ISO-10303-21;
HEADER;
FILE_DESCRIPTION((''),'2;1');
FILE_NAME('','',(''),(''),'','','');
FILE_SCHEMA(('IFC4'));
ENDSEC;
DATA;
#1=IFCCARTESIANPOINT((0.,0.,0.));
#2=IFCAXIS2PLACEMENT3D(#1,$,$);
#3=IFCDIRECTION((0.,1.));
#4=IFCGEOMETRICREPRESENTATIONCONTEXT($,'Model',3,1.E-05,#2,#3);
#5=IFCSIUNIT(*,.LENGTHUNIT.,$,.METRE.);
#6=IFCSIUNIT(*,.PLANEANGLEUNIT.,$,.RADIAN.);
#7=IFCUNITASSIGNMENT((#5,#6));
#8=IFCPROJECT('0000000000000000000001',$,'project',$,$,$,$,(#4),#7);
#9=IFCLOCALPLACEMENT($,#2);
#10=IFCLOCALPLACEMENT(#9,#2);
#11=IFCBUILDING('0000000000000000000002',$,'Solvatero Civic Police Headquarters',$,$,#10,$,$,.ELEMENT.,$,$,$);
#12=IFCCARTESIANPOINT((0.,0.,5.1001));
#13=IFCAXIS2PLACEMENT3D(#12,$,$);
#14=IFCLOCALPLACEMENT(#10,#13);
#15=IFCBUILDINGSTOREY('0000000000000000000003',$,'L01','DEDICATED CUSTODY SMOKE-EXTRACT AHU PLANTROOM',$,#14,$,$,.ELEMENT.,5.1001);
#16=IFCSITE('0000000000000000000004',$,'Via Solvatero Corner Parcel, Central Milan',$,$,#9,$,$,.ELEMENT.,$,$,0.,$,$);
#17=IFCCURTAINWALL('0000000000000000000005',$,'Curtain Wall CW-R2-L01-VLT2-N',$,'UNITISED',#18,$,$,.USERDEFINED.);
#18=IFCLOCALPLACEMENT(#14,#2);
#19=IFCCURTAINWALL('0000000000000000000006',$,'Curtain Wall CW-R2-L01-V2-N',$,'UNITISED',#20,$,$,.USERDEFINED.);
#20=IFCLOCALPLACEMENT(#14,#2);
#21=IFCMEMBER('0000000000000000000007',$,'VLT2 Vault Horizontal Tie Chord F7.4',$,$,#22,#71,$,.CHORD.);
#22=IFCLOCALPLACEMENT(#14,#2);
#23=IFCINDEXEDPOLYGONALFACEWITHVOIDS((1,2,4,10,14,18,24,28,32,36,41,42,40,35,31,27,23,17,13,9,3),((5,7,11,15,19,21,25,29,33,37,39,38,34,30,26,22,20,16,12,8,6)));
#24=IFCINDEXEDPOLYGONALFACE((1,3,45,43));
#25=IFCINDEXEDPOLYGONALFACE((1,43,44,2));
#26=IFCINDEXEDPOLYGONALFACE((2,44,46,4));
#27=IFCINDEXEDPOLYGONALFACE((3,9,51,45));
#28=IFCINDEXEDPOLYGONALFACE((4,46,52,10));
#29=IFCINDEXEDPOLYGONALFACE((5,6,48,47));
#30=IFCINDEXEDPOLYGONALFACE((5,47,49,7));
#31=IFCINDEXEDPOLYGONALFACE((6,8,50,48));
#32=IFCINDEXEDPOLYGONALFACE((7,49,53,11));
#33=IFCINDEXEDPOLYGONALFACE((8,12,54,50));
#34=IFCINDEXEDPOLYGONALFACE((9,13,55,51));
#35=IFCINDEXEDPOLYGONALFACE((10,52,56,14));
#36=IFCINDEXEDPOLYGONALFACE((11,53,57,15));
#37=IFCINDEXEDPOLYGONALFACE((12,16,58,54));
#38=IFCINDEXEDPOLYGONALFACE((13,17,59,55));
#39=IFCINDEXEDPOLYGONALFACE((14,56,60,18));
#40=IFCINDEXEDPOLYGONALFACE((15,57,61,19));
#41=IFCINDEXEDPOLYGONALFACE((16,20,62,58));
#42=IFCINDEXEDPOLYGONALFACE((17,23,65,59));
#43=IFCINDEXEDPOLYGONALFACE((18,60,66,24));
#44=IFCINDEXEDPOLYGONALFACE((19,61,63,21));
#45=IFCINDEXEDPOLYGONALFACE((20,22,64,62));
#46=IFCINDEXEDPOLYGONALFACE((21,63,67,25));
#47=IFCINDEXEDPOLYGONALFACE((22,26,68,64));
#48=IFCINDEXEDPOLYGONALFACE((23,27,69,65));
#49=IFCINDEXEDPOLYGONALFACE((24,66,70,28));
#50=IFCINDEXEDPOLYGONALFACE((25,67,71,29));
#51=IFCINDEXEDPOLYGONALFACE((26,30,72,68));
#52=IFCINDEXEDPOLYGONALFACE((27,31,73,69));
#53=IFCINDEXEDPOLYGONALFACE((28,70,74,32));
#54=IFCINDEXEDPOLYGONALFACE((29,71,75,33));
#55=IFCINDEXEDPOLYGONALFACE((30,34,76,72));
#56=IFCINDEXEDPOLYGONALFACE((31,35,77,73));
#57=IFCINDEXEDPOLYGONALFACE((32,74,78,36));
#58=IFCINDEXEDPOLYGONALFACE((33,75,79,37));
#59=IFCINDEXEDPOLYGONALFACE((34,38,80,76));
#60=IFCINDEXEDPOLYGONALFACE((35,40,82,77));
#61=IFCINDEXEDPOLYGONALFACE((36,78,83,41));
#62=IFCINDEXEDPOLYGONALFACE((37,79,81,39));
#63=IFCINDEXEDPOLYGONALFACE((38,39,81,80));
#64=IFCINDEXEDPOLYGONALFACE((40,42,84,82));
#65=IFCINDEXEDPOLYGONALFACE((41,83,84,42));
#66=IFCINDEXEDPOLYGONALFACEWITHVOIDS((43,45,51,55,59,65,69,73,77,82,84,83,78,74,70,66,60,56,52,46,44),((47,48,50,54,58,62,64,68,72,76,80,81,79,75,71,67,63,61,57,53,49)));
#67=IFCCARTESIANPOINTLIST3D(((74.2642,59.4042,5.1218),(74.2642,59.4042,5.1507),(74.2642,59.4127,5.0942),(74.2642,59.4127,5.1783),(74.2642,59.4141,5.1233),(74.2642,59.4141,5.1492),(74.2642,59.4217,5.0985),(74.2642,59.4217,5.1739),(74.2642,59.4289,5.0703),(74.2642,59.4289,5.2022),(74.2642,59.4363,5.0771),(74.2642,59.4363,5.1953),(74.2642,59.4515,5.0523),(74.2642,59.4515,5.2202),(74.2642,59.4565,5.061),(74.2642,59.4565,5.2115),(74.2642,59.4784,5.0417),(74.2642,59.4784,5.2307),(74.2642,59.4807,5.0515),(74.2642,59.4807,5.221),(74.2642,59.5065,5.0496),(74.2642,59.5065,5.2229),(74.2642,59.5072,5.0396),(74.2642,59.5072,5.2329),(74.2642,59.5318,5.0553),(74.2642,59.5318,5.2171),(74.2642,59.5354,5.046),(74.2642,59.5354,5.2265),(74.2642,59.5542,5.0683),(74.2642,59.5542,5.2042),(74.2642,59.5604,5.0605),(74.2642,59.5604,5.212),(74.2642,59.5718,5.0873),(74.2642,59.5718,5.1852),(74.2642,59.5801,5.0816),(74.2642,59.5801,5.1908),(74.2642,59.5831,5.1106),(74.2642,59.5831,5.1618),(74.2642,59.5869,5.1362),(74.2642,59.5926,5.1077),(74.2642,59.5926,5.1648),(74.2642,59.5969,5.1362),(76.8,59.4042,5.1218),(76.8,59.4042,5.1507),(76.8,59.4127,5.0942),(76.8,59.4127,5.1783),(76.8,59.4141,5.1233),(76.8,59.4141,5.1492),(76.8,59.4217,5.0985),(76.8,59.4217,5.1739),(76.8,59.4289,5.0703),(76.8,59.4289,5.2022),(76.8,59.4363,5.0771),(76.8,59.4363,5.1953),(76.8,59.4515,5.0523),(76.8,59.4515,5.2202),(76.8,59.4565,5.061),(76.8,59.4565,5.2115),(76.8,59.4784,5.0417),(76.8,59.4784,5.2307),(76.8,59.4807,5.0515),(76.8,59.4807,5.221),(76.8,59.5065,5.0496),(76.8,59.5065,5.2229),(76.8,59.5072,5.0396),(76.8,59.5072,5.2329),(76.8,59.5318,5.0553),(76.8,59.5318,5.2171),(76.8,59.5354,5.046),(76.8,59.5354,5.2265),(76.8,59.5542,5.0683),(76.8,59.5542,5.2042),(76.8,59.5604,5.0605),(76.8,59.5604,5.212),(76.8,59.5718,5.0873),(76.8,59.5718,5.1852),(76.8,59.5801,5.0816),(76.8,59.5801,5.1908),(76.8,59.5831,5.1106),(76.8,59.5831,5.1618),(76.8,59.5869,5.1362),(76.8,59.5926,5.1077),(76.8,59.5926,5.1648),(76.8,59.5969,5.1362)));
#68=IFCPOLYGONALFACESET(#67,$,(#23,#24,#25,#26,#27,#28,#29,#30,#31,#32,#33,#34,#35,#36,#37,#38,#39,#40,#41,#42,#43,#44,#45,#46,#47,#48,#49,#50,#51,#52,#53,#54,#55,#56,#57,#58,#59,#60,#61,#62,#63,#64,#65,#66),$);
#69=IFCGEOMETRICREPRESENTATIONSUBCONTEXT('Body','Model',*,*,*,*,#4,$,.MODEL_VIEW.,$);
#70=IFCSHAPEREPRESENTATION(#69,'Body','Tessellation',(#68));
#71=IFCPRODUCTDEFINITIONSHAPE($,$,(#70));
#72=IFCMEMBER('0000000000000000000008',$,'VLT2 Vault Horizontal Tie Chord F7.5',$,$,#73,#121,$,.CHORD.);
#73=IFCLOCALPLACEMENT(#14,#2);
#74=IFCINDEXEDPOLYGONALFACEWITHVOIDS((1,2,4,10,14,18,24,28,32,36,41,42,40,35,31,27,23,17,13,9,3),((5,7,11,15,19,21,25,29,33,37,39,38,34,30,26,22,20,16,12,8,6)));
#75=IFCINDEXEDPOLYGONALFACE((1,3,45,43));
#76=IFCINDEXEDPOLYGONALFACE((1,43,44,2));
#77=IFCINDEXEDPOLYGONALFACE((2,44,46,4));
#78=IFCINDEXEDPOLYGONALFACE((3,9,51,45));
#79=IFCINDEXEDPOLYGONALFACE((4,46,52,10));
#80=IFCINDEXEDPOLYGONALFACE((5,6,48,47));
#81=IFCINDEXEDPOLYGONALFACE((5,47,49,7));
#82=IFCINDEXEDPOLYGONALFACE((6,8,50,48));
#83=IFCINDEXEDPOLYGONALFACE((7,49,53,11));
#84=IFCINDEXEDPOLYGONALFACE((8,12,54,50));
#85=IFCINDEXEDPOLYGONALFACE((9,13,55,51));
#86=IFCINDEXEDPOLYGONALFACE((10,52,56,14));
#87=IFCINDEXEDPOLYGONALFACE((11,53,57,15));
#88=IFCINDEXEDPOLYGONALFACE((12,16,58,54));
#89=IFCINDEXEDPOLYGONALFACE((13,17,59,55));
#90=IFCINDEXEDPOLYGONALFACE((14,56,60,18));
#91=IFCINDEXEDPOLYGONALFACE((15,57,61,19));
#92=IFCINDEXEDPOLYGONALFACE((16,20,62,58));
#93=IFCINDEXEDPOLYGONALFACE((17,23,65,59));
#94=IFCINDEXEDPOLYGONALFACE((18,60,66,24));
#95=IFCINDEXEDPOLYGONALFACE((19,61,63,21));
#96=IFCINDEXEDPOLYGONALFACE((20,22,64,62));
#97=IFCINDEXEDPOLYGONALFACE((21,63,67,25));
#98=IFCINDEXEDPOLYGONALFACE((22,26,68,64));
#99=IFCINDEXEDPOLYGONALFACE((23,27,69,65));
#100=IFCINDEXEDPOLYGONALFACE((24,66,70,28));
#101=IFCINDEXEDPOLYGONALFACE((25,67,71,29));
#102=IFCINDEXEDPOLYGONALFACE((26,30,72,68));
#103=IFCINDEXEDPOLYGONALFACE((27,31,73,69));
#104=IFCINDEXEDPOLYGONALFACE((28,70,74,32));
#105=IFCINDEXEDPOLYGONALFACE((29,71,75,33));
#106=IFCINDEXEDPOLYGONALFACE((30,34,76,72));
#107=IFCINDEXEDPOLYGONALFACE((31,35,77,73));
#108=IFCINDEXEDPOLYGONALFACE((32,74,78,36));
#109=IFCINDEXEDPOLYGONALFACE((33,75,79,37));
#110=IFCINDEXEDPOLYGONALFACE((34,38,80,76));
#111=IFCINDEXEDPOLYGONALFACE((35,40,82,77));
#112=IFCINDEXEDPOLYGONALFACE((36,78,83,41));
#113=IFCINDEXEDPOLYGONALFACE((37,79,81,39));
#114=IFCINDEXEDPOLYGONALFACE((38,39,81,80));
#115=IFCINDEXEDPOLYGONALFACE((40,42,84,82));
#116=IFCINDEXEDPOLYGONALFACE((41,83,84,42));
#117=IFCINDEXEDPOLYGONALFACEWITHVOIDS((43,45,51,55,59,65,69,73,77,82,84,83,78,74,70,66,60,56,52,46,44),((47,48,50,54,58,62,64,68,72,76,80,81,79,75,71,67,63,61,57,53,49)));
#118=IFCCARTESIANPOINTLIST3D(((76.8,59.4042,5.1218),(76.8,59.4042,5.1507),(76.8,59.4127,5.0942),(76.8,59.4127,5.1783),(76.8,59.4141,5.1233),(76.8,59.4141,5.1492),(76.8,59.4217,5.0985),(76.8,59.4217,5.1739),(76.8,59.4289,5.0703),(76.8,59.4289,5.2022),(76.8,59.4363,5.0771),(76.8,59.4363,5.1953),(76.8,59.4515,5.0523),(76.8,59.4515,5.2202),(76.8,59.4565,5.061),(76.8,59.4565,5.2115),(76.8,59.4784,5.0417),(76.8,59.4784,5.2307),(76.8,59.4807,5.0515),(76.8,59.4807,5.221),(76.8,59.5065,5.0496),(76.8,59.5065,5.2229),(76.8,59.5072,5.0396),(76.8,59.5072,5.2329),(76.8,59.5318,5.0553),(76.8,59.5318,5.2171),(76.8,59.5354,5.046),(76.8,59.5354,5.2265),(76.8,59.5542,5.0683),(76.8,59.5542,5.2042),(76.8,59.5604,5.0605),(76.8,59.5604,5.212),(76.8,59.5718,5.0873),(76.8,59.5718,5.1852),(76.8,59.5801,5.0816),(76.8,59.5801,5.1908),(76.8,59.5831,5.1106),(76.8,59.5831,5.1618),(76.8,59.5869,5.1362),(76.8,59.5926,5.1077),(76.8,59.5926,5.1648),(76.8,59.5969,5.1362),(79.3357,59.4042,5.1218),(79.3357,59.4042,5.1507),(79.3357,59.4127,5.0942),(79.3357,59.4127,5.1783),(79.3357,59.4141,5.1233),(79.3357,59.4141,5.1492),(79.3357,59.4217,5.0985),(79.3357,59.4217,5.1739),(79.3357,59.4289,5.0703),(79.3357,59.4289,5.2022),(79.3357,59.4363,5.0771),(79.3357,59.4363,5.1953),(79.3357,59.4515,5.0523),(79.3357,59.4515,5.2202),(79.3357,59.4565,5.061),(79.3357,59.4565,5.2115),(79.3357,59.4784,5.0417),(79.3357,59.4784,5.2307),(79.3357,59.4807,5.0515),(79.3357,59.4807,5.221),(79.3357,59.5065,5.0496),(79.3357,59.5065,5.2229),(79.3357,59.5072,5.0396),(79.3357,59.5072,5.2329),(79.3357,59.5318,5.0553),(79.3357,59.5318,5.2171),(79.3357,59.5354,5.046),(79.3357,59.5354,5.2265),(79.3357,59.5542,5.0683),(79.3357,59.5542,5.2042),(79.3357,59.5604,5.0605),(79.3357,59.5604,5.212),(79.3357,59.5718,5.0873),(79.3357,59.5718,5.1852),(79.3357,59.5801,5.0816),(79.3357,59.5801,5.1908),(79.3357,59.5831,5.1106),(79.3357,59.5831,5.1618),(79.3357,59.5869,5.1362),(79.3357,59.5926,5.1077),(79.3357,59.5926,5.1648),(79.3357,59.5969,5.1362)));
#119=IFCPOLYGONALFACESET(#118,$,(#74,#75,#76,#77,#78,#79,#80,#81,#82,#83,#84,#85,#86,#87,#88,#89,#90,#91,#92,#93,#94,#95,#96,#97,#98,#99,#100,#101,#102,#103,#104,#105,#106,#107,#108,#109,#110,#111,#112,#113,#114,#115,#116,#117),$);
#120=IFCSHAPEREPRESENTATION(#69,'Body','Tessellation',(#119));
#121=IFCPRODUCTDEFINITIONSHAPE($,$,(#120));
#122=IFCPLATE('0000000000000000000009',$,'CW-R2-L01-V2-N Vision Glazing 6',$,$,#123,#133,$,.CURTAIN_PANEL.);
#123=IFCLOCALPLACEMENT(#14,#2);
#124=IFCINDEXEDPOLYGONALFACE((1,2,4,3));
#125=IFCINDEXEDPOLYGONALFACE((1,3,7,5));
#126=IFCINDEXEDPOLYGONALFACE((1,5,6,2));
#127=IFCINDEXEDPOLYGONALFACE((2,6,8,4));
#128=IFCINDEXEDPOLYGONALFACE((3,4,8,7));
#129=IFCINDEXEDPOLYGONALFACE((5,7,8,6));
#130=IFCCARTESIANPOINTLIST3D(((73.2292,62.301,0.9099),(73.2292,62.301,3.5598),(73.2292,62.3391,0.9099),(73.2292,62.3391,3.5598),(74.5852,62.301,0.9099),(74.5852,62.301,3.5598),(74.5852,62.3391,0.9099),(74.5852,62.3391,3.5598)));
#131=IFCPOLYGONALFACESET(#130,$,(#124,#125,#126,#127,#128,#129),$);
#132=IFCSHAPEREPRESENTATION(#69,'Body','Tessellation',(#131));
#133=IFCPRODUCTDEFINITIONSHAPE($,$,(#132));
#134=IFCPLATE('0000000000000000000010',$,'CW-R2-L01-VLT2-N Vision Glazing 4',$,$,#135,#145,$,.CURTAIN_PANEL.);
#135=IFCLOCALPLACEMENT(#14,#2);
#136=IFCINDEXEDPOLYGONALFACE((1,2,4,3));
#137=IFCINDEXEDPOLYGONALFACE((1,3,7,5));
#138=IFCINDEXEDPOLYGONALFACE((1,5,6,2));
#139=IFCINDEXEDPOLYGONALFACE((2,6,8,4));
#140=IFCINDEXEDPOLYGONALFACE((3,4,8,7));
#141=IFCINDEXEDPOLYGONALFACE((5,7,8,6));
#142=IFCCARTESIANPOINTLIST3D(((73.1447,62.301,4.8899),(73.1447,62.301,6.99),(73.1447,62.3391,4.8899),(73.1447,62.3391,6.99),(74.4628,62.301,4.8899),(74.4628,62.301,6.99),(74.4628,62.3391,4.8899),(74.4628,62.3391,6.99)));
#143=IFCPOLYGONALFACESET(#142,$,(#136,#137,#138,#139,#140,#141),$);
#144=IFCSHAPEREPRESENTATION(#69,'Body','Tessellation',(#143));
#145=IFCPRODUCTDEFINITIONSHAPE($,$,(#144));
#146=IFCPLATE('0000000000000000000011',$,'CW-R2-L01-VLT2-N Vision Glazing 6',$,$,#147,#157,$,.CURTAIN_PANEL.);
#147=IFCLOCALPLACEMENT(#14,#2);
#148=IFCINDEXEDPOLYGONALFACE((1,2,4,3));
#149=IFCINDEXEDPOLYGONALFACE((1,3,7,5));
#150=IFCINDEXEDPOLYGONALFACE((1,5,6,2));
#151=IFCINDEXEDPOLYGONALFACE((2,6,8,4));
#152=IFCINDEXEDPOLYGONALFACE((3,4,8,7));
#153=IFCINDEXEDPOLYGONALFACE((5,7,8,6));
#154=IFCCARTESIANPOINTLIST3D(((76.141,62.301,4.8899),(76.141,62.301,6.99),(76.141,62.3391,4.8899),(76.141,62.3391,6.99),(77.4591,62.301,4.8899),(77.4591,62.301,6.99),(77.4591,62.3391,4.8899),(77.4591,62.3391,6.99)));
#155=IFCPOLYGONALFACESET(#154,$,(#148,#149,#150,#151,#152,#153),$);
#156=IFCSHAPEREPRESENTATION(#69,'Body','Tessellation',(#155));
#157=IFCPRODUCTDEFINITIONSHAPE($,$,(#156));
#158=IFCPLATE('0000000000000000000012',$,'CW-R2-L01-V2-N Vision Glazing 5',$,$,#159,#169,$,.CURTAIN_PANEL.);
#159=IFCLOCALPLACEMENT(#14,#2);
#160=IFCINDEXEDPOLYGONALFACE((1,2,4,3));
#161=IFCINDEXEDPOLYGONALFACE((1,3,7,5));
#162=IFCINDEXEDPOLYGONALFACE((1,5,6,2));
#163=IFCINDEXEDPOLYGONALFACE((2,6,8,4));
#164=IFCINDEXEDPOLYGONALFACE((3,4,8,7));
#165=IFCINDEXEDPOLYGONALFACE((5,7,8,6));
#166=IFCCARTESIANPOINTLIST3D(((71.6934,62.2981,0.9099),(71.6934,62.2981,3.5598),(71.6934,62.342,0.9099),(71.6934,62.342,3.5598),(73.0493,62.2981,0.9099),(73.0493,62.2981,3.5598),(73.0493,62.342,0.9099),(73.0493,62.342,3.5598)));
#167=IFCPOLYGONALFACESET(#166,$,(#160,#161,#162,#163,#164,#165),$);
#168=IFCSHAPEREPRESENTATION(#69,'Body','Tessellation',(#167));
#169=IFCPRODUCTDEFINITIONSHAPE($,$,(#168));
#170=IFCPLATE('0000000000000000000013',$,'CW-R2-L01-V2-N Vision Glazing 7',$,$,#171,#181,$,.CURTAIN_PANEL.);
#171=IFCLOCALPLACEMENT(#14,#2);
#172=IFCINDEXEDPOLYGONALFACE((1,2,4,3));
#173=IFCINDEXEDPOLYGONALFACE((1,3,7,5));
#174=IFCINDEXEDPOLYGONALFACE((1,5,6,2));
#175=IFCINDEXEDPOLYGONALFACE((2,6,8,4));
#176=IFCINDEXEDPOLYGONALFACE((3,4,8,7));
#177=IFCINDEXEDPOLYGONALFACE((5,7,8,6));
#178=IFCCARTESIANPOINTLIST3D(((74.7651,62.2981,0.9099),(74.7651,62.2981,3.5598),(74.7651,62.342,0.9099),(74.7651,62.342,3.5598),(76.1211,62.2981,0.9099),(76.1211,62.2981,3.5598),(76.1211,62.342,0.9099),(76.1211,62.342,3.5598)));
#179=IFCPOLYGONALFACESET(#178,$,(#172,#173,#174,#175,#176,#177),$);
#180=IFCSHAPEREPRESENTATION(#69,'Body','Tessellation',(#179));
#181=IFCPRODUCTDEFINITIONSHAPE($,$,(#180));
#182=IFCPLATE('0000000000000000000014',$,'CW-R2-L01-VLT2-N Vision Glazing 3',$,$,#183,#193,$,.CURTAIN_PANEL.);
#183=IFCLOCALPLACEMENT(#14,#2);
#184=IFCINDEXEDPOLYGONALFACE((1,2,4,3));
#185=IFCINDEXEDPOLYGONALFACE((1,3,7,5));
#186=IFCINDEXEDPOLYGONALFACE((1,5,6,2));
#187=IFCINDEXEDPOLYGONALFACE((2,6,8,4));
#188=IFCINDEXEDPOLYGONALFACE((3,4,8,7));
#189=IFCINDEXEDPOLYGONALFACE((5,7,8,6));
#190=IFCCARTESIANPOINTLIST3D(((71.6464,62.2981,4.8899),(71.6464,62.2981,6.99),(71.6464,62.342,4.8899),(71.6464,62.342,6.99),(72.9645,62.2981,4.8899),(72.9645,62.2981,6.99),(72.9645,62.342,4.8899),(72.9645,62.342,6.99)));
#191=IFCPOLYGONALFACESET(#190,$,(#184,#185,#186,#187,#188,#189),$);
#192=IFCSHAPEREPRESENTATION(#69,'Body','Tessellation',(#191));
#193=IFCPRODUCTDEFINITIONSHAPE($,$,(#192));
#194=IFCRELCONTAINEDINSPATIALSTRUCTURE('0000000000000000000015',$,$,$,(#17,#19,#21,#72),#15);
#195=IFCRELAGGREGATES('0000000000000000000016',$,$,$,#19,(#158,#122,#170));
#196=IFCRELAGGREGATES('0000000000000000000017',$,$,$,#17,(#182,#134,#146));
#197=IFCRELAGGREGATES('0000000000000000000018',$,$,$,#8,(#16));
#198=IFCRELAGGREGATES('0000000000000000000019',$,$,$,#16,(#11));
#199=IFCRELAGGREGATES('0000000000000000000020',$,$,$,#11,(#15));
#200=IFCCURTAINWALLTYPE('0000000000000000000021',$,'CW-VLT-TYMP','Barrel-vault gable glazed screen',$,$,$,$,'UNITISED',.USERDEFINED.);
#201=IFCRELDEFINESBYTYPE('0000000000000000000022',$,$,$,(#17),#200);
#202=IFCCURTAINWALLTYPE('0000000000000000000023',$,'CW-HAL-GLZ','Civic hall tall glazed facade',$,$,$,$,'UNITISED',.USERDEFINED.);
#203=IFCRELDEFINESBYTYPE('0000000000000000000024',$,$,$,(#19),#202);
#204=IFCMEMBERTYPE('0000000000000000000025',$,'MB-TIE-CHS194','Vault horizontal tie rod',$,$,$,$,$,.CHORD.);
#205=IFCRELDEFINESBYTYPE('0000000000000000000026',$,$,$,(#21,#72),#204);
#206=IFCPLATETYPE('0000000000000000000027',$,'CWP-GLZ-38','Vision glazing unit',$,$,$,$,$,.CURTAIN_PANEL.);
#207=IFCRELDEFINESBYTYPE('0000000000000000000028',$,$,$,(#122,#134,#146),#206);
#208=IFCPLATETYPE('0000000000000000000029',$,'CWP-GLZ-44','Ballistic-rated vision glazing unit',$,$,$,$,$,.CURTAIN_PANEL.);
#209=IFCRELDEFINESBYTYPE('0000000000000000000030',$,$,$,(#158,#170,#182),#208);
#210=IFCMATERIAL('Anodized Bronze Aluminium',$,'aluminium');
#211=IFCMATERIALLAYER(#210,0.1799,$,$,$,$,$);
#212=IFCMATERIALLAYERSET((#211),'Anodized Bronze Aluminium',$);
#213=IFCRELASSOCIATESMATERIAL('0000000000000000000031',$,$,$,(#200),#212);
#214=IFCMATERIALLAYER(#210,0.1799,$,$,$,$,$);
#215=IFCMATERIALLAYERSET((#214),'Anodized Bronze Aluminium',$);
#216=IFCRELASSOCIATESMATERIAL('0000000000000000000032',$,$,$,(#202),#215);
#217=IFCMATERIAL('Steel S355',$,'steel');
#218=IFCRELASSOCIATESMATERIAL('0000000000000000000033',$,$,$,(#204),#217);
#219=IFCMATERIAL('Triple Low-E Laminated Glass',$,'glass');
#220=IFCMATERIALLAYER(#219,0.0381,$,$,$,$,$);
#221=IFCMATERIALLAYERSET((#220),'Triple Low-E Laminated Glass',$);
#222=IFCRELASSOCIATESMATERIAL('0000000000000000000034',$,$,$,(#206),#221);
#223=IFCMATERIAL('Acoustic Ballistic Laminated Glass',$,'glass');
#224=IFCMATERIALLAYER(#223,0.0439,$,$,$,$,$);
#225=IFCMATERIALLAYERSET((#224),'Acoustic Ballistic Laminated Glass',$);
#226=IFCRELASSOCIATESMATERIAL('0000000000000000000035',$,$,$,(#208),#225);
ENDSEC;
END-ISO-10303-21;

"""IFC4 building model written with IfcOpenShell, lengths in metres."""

from ifc_helpers import new_model, si_unit, direction, frame, origin, origin_2d, place, context, subcontext, project, spatial, rectangle, hollow_circle, extrude, material, layer, layer_set, material_profile, profile_set, type_object, element, aggregate, save


model = new_model("IFC4")

# Units and contexts
model_context = context("Model", 3, precision=1e-05, world=origin(), true_north=direction((0.0, 1.0)))
body_context = subcontext(model_context, "Body", "Model", "MODEL_VIEW")
ifc_project = project(units=[si_unit("LENGTHUNIT", "METRE"), si_unit("PLANEANGLEUNIT", "RADIAN")], contexts=[model_context])

# Site, building, storey
site_placement = place(None, origin())
site = spatial("IfcSite", under=ifc_project, at=site_placement, Name="Via Solvatero Corner Parcel, Central Milan", CompositionType="ELEMENT", RefElevation=0.0)
building_placement = place(site_placement, origin())
building = spatial("IfcBuilding", under=site, at=building_placement, Name="Solvatero Civic Police Headquarters", CompositionType="ELEMENT")
storey_placement = place(building_placement, frame((0.0, 0.0, 5.1001)))
storey = spatial("IfcBuildingStorey", under=building, at=storey_placement, Name="L01", Description="DEDICATED CUSTODY SMOKE-EXTRACT AHU PLANTROOM", CompositionType="ELEMENT", Elevation=5.1001)

# Curtain walls
ifc_material_1 = material(Name="Anodized Bronze Aluminium", Category="aluminium")
ifc_layer_1 = layer(ifc_material_1, 0.1799)
ifc_layer_set_1 = layer_set([ifc_layer_1], Name="Anodized Bronze Aluminium")
curtain_wall_type_1 = type_object("IfcCurtainWallType", Name="CW-VLT-TYMP", Description="Barrel-vault gable glazed screen", ElementType="UNITISED", PredefinedType="USERDEFINED", material=ifc_layer_set_1)
curtain_wall_1_placement = place(storey_placement, origin())
curtain_wall_1 = element("IfcCurtainWall", 1, at=curtain_wall_1_placement, inside=storey, type_object=curtain_wall_type_1, Name="Curtain Wall CW-R2-L01-VLT2-N", ObjectType="UNITISED", PredefinedType="USERDEFINED")
ifc_layer_2 = layer(ifc_material_1, 0.1799)
ifc_layer_set_2 = layer_set([ifc_layer_2], Name="Anodized Bronze Aluminium")
curtain_wall_type_2 = type_object("IfcCurtainWallType", Name="CW-HAL-GLZ", Description="Civic hall tall glazed facade", ElementType="UNITISED", PredefinedType="USERDEFINED", material=ifc_layer_set_2)
curtain_wall_2_placement = place(storey_placement, origin())
curtain_wall_2 = element("IfcCurtainWall", 2, at=curtain_wall_2_placement, inside=storey, type_object=curtain_wall_type_2, Name="Curtain Wall CW-R2-L01-V2-N", ObjectType="UNITISED", PredefinedType="USERDEFINED")

# Members
ifc_material_2 = material(Name="Steel S355", Category="steel")
ifc_material_profile_1 = material_profile(ifc_material_2, hollow_circle(Radius=0.0969, WallThickness=0.01, at=origin_2d()), Name="CHS 193.7x10.0")
ifc_profile_set_1 = profile_set([ifc_material_profile_1], Name="Steel S355")
member_type_1 = type_object("IfcMemberType", Name="MB-TIE-CHS194", Description="Vault horizontal tie rod", PredefinedType="CHORD", material=ifc_profile_set_1)
member_1_placement = place(storey_placement, frame((74.2642, 59.5, 5.1362), z_axis=(1.0, 0.0, 0.0), x_axis=(0.0, 1.0, 0.0)))
element("IfcMember", 3, at=member_1_placement, inside=storey, type_object=member_type_1, Name="VLT2 Vault Horizontal Tie Chord F7.4", PredefinedType="CHORD", context=body_context, shape_type="SweptSolid", body=[
    extrude(hollow_circle(Radius=0.0969, WallThickness=0.01, at=origin_2d()), origin(), (0.0, 0.0, 1.0), 2.5359),
])
member_2_placement = place(storey_placement, frame((76.8, 59.5, 5.1362), z_axis=(1.0, 0.0, 0.0), x_axis=(0.0, 1.0, 0.0)))
element("IfcMember", 4, at=member_2_placement, inside=storey, type_object=member_type_1, Name="VLT2 Vault Horizontal Tie Chord F7.5", PredefinedType="CHORD", context=body_context, shape_type="SweptSolid", body=[
    extrude(hollow_circle(Radius=0.0969, WallThickness=0.01, at=origin_2d()), origin(), (0.0, 0.0, 1.0), 2.5356),
])

# Plates
ifc_material_3 = material(Name="Triple Low-E Laminated Glass", Category="glass")
ifc_layer_3 = layer(ifc_material_3, 0.0381)
ifc_layer_set_3 = layer_set([ifc_layer_3], Name="Triple Low-E Laminated Glass")
plate_type_1 = type_object("IfcPlateType", Name="CWP-GLZ-38", Description="Vision glazing unit", PredefinedType="CURTAIN_PANEL", material=ifc_layer_set_3)
plate_1_placement = place(storey_placement, frame((73.9072, 62.3201, 0.9099), z_axis=(0.0, 0.0, 1.0), x_axis=(1.0, 0.0, 0.0)))
plate_1 = element("IfcPlate", 5, at=plate_1_placement, type_object=plate_type_1, Name="CW-R2-L01-V2-N Vision Glazing 6", PredefinedType="CURTAIN_PANEL", context=body_context, shape_type="SweptSolid", body=[
    extrude(rectangle(XDim=1.356, YDim=0.0381, at=origin_2d()), origin(), (0.0, 0.0, 1.0), 2.6499),
])
plate_2_placement = place(storey_placement, frame((73.8037, 62.3201, 4.8899), z_axis=(0.0, 0.0, 1.0), x_axis=(1.0, 0.0, 0.0)))
plate_2 = element("IfcPlate", 6, at=plate_2_placement, type_object=plate_type_1, Name="CW-R2-L01-VLT2-N Vision Glazing 4", PredefinedType="CURTAIN_PANEL", context=body_context, shape_type="SweptSolid", body=[
    extrude(rectangle(XDim=1.3181, YDim=0.0381, at=origin_2d()), origin(), (0.0, 0.0, 1.0), 2.1001),
])
plate_3_placement = place(storey_placement, frame((76.8, 62.3201, 4.8899), z_axis=(0.0, 0.0, 1.0), x_axis=(1.0, 0.0, 0.0)))
plate_3 = element("IfcPlate", 7, at=plate_3_placement, type_object=plate_type_1, Name="CW-R2-L01-VLT2-N Vision Glazing 6", PredefinedType="CURTAIN_PANEL", context=body_context, shape_type="SweptSolid", body=[
    extrude(rectangle(XDim=1.3181, YDim=0.0381, at=origin_2d()), origin(), (0.0, 0.0, 1.0), 2.1001),
])
ifc_material_4 = material(Name="Acoustic Ballistic Laminated Glass", Category="glass")
ifc_layer_4 = layer(ifc_material_4, 0.0439)
ifc_layer_set_4 = layer_set([ifc_layer_4], Name="Acoustic Ballistic Laminated Glass")
plate_type_2 = type_object("IfcPlateType", Name="CWP-GLZ-44", Description="Ballistic-rated vision glazing unit", PredefinedType="CURTAIN_PANEL", material=ifc_layer_set_4)
plate_4_placement = place(storey_placement, frame((72.3713, 62.3201, 0.9099), z_axis=(0.0, 0.0, 1.0), x_axis=(1.0, 0.0, 0.0)))
plate_4 = element("IfcPlate", 8, at=plate_4_placement, type_object=plate_type_2, Name="CW-R2-L01-V2-N Vision Glazing 5", PredefinedType="CURTAIN_PANEL", context=body_context, shape_type="SweptSolid", body=[
    extrude(rectangle(XDim=1.356, YDim=0.0439, at=origin_2d()), origin(), (0.0, 0.0, 1.0), 2.6499),
])
plate_5_placement = place(storey_placement, frame((75.4431, 62.3201, 0.9099), z_axis=(0.0, 0.0, 1.0), x_axis=(1.0, 0.0, 0.0)))
plate_5 = element("IfcPlate", 9, at=plate_5_placement, type_object=plate_type_2, Name="CW-R2-L01-V2-N Vision Glazing 7", PredefinedType="CURTAIN_PANEL", context=body_context, shape_type="SweptSolid", body=[
    extrude(rectangle(XDim=1.356, YDim=0.0439, at=origin_2d()), origin(), (0.0, 0.0, 1.0), 2.6499),
])
plate_6_placement = place(storey_placement, frame((72.3054, 62.3201, 4.8899), z_axis=(0.0, 0.0, 1.0), x_axis=(1.0, 0.0, 0.0)))
plate_6 = element("IfcPlate", 10, at=plate_6_placement, type_object=plate_type_2, Name="CW-R2-L01-VLT2-N Vision Glazing 3", PredefinedType="CURTAIN_PANEL", context=body_context, shape_type="SweptSolid", body=[
    extrude(rectangle(XDim=1.3181, YDim=0.0439, at=origin_2d()), origin(), (0.0, 0.0, 1.0), 2.1001),
])
aggregate(curtain_wall_2, [plate_4, plate_1, plate_5])
aggregate(curtain_wall_1, [plate_6, plate_2, plate_3])

save(model, "model.ifc")
